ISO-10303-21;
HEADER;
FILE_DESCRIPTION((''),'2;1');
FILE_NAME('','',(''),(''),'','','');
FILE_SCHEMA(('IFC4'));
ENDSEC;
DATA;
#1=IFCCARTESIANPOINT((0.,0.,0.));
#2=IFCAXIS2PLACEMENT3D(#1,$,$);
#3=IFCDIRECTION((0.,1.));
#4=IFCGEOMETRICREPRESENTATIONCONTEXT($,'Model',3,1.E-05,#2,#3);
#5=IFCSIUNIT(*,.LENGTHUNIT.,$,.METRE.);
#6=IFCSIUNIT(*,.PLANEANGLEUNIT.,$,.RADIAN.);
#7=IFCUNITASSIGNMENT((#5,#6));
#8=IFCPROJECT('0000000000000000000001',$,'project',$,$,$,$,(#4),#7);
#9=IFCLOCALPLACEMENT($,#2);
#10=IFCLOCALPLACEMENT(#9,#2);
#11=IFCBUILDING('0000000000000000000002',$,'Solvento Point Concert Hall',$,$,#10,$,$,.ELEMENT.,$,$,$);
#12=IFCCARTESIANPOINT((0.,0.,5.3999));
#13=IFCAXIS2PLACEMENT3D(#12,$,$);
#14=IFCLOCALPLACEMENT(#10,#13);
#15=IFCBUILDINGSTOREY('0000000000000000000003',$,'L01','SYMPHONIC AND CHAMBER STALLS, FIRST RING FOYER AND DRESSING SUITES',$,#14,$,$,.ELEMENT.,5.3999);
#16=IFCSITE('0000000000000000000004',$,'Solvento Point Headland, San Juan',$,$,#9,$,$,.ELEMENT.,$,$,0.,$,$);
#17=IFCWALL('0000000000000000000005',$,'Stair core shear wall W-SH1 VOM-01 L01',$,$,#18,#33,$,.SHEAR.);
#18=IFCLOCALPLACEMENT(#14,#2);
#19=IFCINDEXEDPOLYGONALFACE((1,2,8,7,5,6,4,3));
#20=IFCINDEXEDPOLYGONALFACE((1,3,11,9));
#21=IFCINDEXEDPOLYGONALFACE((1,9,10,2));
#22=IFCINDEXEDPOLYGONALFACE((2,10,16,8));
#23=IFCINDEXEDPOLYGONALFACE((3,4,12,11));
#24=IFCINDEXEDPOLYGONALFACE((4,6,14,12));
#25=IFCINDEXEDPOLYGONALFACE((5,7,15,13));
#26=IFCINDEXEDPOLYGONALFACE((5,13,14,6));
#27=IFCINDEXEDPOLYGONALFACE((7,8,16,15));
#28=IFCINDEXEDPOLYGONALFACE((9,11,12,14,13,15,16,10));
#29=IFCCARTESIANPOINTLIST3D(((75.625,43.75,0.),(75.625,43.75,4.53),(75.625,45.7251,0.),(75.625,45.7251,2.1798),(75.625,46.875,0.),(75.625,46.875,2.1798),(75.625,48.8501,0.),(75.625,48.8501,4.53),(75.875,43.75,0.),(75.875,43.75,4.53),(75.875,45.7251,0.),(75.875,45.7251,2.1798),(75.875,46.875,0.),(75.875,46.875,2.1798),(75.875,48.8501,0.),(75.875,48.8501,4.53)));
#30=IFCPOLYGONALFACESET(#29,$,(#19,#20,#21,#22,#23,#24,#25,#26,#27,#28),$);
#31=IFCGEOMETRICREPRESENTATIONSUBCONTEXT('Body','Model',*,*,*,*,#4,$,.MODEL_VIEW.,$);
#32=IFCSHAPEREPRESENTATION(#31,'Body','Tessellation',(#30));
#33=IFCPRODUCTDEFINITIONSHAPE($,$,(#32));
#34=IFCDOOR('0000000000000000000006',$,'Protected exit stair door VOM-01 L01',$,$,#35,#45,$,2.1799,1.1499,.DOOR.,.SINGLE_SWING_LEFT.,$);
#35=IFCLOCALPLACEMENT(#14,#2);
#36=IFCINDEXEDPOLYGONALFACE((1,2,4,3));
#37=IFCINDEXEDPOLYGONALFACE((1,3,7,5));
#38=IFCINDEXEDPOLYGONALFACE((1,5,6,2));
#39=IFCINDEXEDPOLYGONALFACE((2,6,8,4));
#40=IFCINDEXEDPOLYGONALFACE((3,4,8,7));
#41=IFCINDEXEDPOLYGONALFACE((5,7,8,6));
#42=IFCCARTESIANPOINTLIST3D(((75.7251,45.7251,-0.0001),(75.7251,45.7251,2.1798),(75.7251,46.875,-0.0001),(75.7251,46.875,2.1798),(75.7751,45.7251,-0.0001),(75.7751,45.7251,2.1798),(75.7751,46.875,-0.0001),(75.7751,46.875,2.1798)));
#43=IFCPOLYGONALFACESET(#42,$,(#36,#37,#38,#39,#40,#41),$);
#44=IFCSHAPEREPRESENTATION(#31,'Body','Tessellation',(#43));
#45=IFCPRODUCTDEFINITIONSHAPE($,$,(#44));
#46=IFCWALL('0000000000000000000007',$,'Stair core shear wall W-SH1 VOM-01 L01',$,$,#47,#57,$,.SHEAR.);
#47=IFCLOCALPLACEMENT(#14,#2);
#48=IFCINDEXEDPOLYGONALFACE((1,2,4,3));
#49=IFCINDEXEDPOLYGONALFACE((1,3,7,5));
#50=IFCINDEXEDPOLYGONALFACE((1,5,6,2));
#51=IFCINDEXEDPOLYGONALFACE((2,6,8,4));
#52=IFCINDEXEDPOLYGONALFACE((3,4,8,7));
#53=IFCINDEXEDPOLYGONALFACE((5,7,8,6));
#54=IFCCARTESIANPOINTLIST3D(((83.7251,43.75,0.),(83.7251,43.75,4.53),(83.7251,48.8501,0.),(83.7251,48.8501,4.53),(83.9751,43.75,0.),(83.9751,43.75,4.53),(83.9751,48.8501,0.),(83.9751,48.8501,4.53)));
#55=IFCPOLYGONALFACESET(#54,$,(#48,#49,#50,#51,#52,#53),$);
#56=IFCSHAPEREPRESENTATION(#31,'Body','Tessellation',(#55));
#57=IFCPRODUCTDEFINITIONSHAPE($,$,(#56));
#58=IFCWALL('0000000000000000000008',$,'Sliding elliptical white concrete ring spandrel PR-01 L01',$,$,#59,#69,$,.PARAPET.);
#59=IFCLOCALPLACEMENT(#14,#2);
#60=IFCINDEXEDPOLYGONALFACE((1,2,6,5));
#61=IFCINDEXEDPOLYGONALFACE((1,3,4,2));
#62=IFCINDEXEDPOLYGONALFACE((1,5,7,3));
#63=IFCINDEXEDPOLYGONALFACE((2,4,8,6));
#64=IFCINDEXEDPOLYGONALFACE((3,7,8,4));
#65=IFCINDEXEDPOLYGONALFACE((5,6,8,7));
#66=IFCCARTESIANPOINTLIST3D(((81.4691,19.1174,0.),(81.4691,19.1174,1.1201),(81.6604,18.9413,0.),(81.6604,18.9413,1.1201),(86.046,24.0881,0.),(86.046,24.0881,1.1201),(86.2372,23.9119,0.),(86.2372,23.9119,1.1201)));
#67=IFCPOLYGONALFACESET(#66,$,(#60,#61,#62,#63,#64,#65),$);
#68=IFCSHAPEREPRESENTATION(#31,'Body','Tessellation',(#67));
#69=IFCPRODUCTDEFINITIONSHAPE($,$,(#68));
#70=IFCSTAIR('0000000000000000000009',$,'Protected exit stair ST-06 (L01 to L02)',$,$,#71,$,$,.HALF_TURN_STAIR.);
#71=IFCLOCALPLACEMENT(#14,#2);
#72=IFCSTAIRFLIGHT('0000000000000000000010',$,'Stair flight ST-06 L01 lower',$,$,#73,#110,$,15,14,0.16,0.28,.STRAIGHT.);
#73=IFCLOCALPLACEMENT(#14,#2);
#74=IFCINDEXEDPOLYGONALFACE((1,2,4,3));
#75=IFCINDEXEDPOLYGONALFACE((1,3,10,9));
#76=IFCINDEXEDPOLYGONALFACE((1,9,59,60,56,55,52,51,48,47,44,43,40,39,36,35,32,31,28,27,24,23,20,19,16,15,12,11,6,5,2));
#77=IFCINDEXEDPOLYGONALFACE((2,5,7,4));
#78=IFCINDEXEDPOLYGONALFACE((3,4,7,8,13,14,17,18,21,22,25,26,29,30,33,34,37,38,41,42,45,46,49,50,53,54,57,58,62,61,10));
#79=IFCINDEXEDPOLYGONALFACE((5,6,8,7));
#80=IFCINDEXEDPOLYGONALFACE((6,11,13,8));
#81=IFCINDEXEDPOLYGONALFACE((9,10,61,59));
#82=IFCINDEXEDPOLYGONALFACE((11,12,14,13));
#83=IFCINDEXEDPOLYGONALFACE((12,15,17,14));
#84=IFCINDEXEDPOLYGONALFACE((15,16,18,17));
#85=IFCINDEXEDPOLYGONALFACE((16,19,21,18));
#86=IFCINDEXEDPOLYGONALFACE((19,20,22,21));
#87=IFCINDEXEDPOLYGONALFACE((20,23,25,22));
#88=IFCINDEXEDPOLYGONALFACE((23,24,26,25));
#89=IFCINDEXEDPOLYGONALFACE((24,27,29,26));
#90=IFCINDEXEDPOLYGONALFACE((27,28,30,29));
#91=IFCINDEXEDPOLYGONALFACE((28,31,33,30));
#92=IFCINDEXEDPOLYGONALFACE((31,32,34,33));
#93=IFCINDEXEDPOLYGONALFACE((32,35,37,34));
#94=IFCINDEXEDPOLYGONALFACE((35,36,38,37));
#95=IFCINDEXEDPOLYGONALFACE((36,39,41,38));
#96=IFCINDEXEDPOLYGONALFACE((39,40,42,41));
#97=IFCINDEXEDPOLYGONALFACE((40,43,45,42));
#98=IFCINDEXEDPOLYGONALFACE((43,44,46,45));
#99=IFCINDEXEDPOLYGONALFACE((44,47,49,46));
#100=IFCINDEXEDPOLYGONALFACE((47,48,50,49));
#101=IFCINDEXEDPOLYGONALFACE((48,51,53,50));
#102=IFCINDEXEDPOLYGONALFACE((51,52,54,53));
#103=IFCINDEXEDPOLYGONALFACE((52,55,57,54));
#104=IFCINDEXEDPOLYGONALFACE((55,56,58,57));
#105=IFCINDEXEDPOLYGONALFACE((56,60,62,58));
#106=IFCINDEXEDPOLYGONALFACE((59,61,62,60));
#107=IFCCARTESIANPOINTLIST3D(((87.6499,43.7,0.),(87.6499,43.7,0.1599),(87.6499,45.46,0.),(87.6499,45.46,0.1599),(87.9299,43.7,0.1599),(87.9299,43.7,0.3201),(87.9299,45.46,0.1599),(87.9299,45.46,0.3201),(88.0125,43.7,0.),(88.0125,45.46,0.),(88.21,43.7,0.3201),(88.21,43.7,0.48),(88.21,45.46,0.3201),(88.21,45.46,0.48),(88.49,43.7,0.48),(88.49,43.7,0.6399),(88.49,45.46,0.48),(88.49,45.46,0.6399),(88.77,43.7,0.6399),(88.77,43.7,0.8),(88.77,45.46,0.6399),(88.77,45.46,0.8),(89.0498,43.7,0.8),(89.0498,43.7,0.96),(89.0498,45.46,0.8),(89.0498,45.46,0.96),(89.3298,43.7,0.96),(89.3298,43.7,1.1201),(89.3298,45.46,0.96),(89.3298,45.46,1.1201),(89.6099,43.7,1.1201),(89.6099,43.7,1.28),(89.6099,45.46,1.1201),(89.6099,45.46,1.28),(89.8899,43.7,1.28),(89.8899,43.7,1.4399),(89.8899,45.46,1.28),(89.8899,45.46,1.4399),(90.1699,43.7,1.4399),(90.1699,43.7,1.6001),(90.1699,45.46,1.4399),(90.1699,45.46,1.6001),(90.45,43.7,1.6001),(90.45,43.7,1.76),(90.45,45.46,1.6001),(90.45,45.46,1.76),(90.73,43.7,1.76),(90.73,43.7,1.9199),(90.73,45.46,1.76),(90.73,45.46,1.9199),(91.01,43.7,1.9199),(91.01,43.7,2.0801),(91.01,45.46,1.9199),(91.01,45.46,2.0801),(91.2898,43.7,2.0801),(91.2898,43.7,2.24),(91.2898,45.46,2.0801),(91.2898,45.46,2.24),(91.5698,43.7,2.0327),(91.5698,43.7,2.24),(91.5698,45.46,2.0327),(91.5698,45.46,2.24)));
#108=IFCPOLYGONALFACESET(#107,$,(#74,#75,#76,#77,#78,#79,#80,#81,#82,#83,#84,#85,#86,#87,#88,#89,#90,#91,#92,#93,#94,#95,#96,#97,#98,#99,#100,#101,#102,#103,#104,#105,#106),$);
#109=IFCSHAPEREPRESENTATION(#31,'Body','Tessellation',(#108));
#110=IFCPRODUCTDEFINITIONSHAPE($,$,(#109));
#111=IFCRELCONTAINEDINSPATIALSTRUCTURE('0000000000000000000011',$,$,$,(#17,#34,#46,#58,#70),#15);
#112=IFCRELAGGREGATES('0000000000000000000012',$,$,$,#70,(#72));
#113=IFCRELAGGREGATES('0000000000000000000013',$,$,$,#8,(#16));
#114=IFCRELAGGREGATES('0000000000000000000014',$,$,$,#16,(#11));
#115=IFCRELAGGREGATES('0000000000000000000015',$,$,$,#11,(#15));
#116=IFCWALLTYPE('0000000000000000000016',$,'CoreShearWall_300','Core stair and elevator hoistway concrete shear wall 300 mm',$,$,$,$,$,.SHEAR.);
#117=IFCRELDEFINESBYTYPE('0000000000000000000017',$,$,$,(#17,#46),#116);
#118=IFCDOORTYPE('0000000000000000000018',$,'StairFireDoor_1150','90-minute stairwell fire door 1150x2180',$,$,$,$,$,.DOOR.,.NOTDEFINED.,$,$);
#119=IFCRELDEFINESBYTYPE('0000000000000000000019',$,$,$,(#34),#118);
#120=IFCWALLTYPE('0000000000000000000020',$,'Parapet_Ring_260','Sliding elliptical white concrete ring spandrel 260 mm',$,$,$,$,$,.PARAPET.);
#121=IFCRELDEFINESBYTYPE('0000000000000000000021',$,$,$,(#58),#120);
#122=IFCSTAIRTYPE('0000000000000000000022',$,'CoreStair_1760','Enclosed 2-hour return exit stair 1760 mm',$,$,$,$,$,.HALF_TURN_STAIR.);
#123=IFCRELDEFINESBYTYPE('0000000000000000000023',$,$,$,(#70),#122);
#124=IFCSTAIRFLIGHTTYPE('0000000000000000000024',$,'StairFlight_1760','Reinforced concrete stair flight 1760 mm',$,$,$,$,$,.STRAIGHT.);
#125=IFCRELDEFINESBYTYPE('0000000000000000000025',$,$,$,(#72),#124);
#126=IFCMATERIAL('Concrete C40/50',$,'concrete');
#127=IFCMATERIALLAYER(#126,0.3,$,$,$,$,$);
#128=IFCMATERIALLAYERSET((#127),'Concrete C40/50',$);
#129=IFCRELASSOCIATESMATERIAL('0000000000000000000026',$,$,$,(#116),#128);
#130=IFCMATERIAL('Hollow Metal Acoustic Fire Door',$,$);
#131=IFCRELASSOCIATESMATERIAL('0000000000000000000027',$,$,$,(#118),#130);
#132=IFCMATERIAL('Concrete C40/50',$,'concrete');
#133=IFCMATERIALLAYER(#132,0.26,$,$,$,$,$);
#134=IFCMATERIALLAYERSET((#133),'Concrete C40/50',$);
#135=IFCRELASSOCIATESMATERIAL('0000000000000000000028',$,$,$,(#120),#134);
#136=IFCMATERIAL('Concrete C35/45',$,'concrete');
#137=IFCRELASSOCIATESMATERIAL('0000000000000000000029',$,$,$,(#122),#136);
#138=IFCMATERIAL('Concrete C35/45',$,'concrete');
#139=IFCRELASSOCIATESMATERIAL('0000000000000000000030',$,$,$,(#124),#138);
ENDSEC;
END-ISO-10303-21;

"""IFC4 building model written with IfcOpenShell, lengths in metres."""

from ifc_helpers import new_model, si_unit, direction, frame, frame_2d, origin, place, context, subcontext, project, spatial, polyline, rectangle, outline, extrude, material, layer, layer_set, type_object, element, fill, aggregate, save


model = new_model("IFC4")

# Units and contexts
model_context = context("Model", 3, precision=1e-05, world=origin(), true_north=direction((0.0, 1.0)))
body_context = subcontext(model_context, "Body", "Model", "MODEL_VIEW")
ifc_project = project(units=[si_unit("LENGTHUNIT", "METRE"), si_unit("PLANEANGLEUNIT", "RADIAN")], contexts=[model_context])

# Site, building, storey
site_placement = place(None, origin())
site = spatial("IfcSite", under=ifc_project, at=site_placement, Name="Solvento Point Headland, San Juan", CompositionType="ELEMENT", RefElevation=0.0)
building_placement = place(site_placement, origin())
building = spatial("IfcBuilding", under=site, at=building_placement, Name="Solvento Point Concert Hall", CompositionType="ELEMENT")
storey_placement = place(building_placement, frame((0.0, 0.0, 5.3999)))
storey = spatial("IfcBuildingStorey", under=building, at=storey_placement, Name="L01", Description="SYMPHONIC AND CHAMBER STALLS, FIRST RING FOYER AND DRESSING SUITES", CompositionType="ELEMENT", Elevation=5.3999)

# Shared definitions
ifc_material_1 = material(Name="Concrete C40/50", Category="concrete")
ifc_layer_1 = layer(ifc_material_1, 0.3)
ifc_layer_set_1 = layer_set([ifc_layer_1], Name="Concrete C40/50")
wall_type_1 = type_object("IfcWallType", Name="CoreShearWall_300", Description="Core stair and elevator hoistway concrete shear wall 300 mm", PredefinedType="SHEAR", material=ifc_layer_set_1)
ifc_material_2 = material(Name="Hollow Metal Acoustic Fire Door")
door_type = type_object("IfcDoorType", Name="StairFireDoor_1150", Description="90-minute stairwell fire door 1150x2180", OperationType="NOTDEFINED", PredefinedType="DOOR", material=ifc_material_2)

# Wall, opening, door
wall_1_placement = place(storey_placement, frame((75.75, 43.75, 0.0), z_axis=(0.0, 0.0, 1.0), x_axis=(0.0, 1.0, 0.0)))
wall_1 = element("IfcWall", 1, at=wall_1_placement, inside=storey, type_object=wall_type_1, Name="Stair core shear wall W-SH1 VOM-01 L01", PredefinedType="SHEAR", context=body_context, shape_type="SweptSolid", body=[
    extrude(rectangle(XDim=5.1001, YDim=0.25, at=frame_2d((2.55, 0.0))), origin(), (0.0, 0.0, 1.0), 4.53),
])
opening_1_placement = place(wall_1_placement, frame((1.9751, 0.0, 0.0)))
opening_1 = element("IfcOpeningElement", 2, at=opening_1_placement, cuts=wall_1, PredefinedType="OPENING", context=body_context, shape_type="SweptSolid", body=[
    extrude(rectangle(XDim=1.1499, YDim=2.1799, at=frame_2d((0.575, 1.0898))), frame((0.0, 0.135, 0.0), z_axis=(0.0, -1.0, 0.0), x_axis=(1.0, 0.0, 0.0)), (0.0, 0.0, 1.0), 0.27),
])
door_1_placement = place(opening_1_placement, origin())
door_1 = element("IfcDoor", 3, at=door_1_placement, inside=storey, type_object=door_type, Name="Protected exit stair door VOM-01 L01", OperationType="SINGLE_SWING_LEFT", OverallHeight=2.1799, OverallWidth=1.1499, PredefinedType="DOOR", context=body_context, shape_type="SweptSolid", body=[
    extrude(rectangle(XDim=1.1499, YDim=2.1799, at=frame_2d((0.575, 1.0898))), frame((0.0, 0.0249, 0.0), z_axis=(0.0, -1.0, 0.0), x_axis=(1.0, 0.0, 0.0)), (0.0, 0.0, 1.0), 0.05),
])
fill(opening_1, door_1)

# Walls
wall_2_placement = place(storey_placement, frame((83.8501, 48.8501, 0.0), z_axis=(0.0, 0.0, 1.0), x_axis=(0.0, -1.0, 0.0)))
element("IfcWall", 4, at=wall_2_placement, inside=storey, type_object=wall_type_1, Name="Stair core shear wall W-SH1 VOM-01 L01", PredefinedType="SHEAR", context=body_context, shape_type="SweptSolid", body=[
    extrude(rectangle(XDim=5.1001, YDim=0.25, at=frame_2d((2.55, 0.0))), origin(), (0.0, 0.0, 1.0), 4.53),
])
ifc_material_3 = material(Name="Concrete C40/50", Category="concrete")
ifc_layer_2 = layer(ifc_material_3, 0.26)
ifc_layer_set_2 = layer_set([ifc_layer_2], Name="Concrete C40/50")
wall_type_2 = type_object("IfcWallType", Name="Parapet_Ring_260", Description="Sliding elliptical white concrete ring spandrel 260 mm", PredefinedType="PARAPET", material=ifc_layer_set_2)
wall_3_placement = place(storey_placement, frame((86.1416, 24.0, 0.0), z_axis=(0.0, 0.0, 1.0), x_axis=(-0.677366, -0.735646, 0.0)))
element("IfcWall", 5, at=wall_3_placement, inside=storey, type_object=wall_type_2, Name="Sliding elliptical white concrete ring spandrel PR-01 L01", PredefinedType="PARAPET", context=body_context, shape_type="SweptSolid", body=[
    extrude(rectangle(XDim=6.7568, YDim=0.26, at=frame_2d((3.3784, 0.0))), origin(), (0.0, 0.0, 1.0), 1.1201),
])

# Stair, stair flight
ifc_material_4 = material(Name="Concrete C35/45", Category="concrete")
stair_type = type_object("IfcStairType", Name="CoreStair_1760", Description="Enclosed 2-hour return exit stair 1760 mm", PredefinedType="HALF_TURN_STAIR", material=ifc_material_4)
stair_placement = place(storey_placement, origin())
stair = element("IfcStair", 6, at=stair_placement, inside=storey, type_object=stair_type, Name="Protected exit stair ST-06 (L01 to L02)", PredefinedType="HALF_TURN_STAIR")
ifc_material_5 = material(Name="Concrete C35/45", Category="concrete")
stair_flight_type = type_object("IfcStairFlightType", Name="StairFlight_1760", Description="Reinforced concrete stair flight 1760 mm", PredefinedType="STRAIGHT", material=ifc_material_5)
stair_flight_placement = place(storey_placement, frame((87.6499, 44.5801, 0.0), z_axis=(0.0, 0.0, 1.0), x_axis=(1.0, 0.0, 0.0)))
stair_flight = element("IfcStairFlight", 7, at=stair_flight_placement, type_object=stair_flight_type, Name="Stair flight ST-06 L01 lower", NumberOfRisers=15, NumberOfTreads=14, PredefinedType="STRAIGHT", RiserHeight=0.16, TreadLength=0.28, context=body_context, shape_type="SweptSolid", body=[
    extrude(outline(polyline([(0.0, 0.0), (0.0, 0.1599), (0.28, 0.1599), (0.28, 0.3201), (0.5601, 0.3201), (0.5601, 0.48), (0.8401, 0.48), (0.8401, 0.6399), (1.1201, 0.6399), (1.1201, 0.8), (1.3999, 0.8), (1.3999, 0.96), (1.6799, 0.96), (1.6799, 1.1201), (1.96, 1.1201), (1.96, 1.28), (2.24, 1.28), (2.24, 1.4399), (2.52, 1.4399), (2.52, 1.6001), (2.8, 1.6001), (2.8, 1.76), (3.0801, 1.76), (3.0801, 1.9199), (3.3601, 1.9199), (3.3601, 2.0801), (3.6399, 2.0801), (3.6399, 2.24), (3.9199, 2.24), (3.9199, 2.3999), (3.9199, 2.0327), (0.3625, 0.0), (0.0, 0.0)])), frame((0.0, 0.8799, 0.0), z_axis=(0.0, -1.0, 0.0), x_axis=(1.0, 0.0, 0.0)), (0.0, 0.0, 1.0), 1.76),
])
aggregate(stair, [stair_flight])

save(model, "model.ifc")
